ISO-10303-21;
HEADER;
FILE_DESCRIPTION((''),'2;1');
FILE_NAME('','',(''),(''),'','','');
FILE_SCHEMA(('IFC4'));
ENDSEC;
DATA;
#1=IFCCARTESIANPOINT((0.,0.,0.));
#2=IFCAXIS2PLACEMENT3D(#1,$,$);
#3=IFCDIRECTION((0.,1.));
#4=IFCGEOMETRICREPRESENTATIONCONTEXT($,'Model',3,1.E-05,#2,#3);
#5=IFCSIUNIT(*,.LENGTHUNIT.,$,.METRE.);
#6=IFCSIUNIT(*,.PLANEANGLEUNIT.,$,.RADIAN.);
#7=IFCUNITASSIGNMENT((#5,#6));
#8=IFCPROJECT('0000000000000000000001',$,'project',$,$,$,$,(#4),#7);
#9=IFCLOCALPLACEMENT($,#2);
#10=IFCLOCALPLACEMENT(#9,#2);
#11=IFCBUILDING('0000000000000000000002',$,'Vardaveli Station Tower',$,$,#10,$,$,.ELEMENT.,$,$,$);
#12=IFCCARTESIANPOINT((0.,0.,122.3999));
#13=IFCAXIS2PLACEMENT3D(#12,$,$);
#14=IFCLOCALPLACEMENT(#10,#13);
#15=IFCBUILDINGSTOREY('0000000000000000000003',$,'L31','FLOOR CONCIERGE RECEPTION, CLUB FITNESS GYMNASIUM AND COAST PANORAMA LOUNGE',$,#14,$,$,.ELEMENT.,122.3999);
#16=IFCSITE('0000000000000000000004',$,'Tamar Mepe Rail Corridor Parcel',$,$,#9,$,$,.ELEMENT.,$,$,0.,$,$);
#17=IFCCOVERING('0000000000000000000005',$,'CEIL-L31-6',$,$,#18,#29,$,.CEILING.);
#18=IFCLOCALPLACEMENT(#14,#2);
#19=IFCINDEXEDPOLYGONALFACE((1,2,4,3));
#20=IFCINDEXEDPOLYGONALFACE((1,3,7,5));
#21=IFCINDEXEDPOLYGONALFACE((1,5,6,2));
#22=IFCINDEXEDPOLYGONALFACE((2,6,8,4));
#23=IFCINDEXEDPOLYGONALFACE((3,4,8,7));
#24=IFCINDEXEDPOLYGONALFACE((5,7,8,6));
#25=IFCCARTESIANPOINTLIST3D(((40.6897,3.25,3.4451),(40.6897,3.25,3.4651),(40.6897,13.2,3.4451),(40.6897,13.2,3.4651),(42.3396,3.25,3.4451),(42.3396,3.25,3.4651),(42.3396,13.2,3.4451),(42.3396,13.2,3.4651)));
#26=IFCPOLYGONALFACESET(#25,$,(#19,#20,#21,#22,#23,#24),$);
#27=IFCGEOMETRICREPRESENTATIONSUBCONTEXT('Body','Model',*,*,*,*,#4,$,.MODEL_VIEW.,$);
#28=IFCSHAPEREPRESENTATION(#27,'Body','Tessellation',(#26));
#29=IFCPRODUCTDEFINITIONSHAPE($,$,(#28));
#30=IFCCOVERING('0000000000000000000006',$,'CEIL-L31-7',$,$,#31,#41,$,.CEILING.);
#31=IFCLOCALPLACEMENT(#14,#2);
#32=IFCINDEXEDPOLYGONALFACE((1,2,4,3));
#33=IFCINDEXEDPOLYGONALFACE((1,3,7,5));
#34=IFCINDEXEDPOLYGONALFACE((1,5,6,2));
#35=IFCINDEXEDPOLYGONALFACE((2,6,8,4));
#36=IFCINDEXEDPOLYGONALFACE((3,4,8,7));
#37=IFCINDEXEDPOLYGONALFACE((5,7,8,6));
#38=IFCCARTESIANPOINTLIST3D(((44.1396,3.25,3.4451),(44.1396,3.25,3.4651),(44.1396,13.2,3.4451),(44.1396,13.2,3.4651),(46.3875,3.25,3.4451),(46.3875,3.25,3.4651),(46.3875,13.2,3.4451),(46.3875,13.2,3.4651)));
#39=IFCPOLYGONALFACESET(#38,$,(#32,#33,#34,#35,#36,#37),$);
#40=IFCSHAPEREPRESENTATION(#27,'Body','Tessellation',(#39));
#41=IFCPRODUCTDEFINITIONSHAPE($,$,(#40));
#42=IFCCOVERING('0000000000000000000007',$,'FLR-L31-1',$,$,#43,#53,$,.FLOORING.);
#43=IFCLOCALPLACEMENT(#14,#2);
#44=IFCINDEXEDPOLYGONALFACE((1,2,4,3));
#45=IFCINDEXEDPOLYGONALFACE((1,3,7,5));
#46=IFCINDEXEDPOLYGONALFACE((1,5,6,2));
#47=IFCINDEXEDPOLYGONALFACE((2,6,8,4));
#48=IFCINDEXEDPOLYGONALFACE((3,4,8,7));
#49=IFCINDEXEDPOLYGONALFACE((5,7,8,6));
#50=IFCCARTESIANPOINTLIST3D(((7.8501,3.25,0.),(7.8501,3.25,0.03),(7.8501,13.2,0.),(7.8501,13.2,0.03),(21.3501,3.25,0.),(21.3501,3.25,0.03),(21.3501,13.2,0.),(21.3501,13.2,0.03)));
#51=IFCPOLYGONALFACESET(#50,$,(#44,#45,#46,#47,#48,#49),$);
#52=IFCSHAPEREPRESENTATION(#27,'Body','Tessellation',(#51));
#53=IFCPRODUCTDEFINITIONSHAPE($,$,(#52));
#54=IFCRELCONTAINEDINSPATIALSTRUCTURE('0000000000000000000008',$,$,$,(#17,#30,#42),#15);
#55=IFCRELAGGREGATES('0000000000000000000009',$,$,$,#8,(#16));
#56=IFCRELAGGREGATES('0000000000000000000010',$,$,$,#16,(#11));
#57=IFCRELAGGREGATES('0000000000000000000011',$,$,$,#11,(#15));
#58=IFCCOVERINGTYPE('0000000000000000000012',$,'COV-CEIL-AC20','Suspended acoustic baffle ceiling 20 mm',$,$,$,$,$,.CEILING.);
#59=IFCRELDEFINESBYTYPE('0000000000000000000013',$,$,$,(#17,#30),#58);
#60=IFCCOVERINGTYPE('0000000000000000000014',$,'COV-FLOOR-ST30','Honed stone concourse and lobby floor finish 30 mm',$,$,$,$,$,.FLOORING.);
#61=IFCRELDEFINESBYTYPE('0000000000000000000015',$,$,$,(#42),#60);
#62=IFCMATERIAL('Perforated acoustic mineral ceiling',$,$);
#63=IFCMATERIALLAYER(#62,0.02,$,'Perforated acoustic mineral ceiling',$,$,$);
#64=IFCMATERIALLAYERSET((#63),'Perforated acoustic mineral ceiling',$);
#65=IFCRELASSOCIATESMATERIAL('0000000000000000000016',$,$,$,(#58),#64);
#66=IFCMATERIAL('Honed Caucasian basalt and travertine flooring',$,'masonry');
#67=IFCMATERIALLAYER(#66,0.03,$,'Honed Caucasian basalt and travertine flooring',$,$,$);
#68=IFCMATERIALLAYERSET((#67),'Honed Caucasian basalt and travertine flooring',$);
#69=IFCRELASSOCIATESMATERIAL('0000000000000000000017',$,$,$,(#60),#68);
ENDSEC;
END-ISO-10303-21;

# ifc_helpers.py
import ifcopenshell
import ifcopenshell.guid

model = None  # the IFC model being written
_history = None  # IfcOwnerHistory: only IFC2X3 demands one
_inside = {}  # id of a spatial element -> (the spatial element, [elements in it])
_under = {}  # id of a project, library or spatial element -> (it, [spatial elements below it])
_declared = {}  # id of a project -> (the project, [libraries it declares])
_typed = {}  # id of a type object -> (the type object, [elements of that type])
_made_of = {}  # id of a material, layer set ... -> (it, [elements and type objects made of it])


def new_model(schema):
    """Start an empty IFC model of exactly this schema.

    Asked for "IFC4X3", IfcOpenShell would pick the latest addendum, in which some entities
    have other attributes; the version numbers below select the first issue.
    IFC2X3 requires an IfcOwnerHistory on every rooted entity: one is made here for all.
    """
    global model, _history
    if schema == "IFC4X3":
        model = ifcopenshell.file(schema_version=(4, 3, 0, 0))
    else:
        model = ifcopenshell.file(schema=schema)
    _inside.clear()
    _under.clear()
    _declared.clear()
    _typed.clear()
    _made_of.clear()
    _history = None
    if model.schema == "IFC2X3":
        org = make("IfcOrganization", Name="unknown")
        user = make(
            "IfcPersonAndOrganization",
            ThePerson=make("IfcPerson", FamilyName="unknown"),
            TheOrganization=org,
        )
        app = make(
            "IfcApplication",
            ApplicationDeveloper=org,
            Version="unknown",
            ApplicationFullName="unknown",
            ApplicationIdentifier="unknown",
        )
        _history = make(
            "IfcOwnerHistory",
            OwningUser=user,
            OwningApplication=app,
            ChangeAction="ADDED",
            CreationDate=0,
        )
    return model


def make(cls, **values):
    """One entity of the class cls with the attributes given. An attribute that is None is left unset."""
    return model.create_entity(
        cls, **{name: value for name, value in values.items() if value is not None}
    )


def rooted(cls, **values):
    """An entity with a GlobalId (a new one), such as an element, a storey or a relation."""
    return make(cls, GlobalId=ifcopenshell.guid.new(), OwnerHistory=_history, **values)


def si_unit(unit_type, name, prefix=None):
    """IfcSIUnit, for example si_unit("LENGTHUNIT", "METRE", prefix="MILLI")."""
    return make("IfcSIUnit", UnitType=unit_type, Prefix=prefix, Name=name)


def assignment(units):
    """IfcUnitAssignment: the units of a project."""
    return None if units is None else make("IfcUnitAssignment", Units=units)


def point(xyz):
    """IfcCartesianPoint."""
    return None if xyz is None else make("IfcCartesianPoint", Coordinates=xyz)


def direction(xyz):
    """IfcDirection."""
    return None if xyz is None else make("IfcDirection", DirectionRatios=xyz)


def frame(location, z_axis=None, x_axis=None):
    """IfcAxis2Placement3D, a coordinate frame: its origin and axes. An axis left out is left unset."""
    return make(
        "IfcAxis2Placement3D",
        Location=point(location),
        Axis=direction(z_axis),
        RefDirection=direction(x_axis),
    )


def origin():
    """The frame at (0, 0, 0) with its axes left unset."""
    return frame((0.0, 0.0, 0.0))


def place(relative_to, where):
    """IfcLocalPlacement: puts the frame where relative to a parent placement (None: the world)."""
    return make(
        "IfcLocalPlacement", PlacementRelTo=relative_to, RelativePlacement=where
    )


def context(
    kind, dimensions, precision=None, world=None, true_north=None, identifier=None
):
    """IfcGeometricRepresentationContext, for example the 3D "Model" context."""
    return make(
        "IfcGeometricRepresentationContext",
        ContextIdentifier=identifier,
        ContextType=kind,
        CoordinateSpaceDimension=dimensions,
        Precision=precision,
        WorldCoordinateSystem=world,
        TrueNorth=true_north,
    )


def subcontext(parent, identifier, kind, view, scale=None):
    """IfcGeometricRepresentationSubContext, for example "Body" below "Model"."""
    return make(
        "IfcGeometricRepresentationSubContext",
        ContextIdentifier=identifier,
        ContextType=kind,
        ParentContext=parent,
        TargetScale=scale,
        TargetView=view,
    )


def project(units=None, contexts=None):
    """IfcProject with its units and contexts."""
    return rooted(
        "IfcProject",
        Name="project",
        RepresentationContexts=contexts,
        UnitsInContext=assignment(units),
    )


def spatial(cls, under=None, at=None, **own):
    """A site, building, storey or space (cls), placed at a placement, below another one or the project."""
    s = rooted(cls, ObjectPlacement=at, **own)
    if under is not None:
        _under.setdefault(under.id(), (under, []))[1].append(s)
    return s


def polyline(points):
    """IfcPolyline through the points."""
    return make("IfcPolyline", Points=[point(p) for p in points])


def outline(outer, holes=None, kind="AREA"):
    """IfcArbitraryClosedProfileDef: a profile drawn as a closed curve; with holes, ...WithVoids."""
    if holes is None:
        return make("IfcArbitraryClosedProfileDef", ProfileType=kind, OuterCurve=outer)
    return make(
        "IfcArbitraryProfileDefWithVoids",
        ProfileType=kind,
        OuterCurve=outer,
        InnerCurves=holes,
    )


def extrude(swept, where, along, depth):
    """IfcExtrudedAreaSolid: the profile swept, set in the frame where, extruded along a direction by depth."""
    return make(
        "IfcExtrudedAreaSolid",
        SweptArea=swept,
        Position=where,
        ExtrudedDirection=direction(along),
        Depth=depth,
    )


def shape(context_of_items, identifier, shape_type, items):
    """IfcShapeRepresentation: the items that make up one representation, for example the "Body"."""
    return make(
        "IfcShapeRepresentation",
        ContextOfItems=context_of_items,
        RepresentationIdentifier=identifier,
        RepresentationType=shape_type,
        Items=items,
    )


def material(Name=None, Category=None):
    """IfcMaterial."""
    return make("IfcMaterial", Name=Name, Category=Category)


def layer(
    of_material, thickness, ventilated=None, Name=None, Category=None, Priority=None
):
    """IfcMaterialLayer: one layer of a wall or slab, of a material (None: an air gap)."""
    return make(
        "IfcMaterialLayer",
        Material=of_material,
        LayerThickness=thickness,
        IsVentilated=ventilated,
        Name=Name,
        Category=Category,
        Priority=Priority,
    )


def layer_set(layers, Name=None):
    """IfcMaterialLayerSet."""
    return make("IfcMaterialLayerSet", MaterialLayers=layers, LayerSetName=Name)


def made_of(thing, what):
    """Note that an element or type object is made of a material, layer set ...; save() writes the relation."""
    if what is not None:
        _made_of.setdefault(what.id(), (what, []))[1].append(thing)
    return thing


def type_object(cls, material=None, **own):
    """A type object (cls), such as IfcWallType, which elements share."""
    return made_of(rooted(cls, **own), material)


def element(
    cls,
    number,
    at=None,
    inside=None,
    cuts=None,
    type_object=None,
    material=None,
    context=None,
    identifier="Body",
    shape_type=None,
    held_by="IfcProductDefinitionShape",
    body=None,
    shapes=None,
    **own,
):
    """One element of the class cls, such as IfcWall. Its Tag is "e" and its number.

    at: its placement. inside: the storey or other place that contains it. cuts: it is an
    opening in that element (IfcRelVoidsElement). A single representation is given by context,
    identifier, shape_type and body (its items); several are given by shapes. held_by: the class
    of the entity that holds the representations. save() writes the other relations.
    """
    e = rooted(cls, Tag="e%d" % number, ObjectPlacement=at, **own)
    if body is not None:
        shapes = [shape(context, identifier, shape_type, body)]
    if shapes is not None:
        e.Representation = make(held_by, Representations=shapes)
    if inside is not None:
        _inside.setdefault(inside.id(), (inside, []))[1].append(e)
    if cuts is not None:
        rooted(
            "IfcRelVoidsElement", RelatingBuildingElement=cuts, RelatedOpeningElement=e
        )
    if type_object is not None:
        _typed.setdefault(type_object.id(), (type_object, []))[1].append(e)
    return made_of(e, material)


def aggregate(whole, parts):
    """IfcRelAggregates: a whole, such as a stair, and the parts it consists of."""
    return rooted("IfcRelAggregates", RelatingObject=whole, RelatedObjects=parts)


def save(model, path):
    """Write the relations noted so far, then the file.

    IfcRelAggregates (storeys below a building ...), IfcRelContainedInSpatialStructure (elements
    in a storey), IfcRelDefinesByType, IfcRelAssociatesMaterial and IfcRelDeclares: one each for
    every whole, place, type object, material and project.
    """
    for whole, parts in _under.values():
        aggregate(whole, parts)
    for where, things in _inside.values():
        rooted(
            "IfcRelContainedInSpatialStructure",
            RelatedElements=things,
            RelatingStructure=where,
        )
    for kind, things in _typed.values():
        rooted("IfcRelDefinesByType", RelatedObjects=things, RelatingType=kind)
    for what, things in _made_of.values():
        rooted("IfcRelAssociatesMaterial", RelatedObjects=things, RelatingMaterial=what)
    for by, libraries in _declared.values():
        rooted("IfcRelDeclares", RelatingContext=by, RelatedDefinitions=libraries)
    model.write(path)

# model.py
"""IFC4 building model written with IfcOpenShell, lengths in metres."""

from ifc_helpers import new_model, si_unit, direction, frame, origin, place, context, subcontext, project, spatial, polyline, outline, extrude, material, layer, layer_set, type_object, element, save


model = new_model("IFC4")

# Units and contexts
model_context = context("Model", 3, precision=1e-05, world=origin(), true_north=direction((0.0, 1.0)))
body_context = subcontext(model_context, "Body", "Model", "MODEL_VIEW")
ifc_project = project(units=[si_unit("LENGTHUNIT", "METRE"), si_unit("PLANEANGLEUNIT", "RADIAN")], contexts=[model_context])

# Site, building, storey
site_placement = place(None, origin())
site = spatial("IfcSite", under=ifc_project, at=site_placement, Name="Tamar Mepe Rail Corridor Parcel", CompositionType="ELEMENT", RefElevation=0.0)
building_placement = place(site_placement, origin())
building = spatial("IfcBuilding", under=site, at=building_placement, Name="Vardaveli Station Tower", CompositionType="ELEMENT")
storey_placement = place(building_placement, frame((0.0, 0.0, 122.3999)))
storey = spatial("IfcBuildingStorey", under=building, at=storey_placement, Name="L31", Description="FLOOR CONCIERGE RECEPTION, CLUB FITNESS GYMNASIUM AND COAST PANORAMA LOUNGE", CompositionType="ELEMENT", Elevation=122.3999)

# Coverings
ifc_material_1 = material(Name="Perforated acoustic mineral ceiling")
ifc_layer_1 = layer(ifc_material_1, 0.02, Name="Perforated acoustic mineral ceiling")
ifc_layer_set_1 = layer_set([ifc_layer_1], Name="Perforated acoustic mineral ceiling")
covering_type_1 = type_object("IfcCoveringType", Name="COV-CEIL-AC20", Description="Suspended acoustic baffle ceiling 20 mm", PredefinedType="CEILING", material=ifc_layer_set_1)
covering_1_placement = place(storey_placement, frame((0.0, 0.0, 3.4451)))
element("IfcCovering", 1, at=covering_1_placement, inside=storey, type_object=covering_type_1, Name="CEIL-L31-6", PredefinedType="CEILING", context=body_context, shape_type="SweptSolid", body=[
    extrude(outline(polyline([(40.6897, 3.25), (42.3396, 3.25), (42.3396, 13.2), (40.6897, 13.2), (40.6897, 3.25)])), origin(), (0.0, 0.0, 1.0), 0.02),
])
covering_2_placement = place(storey_placement, frame((0.0, 0.0, 3.4451)))
element("IfcCovering", 2, at=covering_2_placement, inside=storey, type_object=covering_type_1, Name="CEIL-L31-7", PredefinedType="CEILING", context=body_context, shape_type="SweptSolid", body=[
    extrude(outline(polyline([(44.1396, 3.25), (46.3875, 3.25), (46.3875, 13.2), (44.1396, 13.2), (44.1396, 3.25)])), origin(), (0.0, 0.0, 1.0), 0.02),
])
ifc_material_2 = material(Name="Honed Caucasian basalt and travertine flooring", Category="masonry")
ifc_layer_2 = layer(ifc_material_2, 0.03, Name="Honed Caucasian basalt and travertine flooring")
ifc_layer_set_2 = layer_set([ifc_layer_2], Name="Honed Caucasian basalt and travertine flooring")
covering_type_2 = type_object("IfcCoveringType", Name="COV-FLOOR-ST30", Description="Honed stone concourse and lobby floor finish 30 mm", PredefinedType="FLOORING", material=ifc_layer_set_2)
covering_3_placement = place(storey_placement, origin())
element("IfcCovering", 3, at=covering_3_placement, inside=storey, type_object=covering_type_2, Name="FLR-L31-1", PredefinedType="FLOORING", context=body_context, shape_type="SweptSolid", body=[
    extrude(outline(polyline([(7.8501, 3.25), (21.3501, 3.25), (21.3501, 13.2), (7.8501, 13.2), (7.8501, 3.25)])), origin(), (0.0, 0.0, 1.0), 0.03),
])

save(model, "model.ifc")
